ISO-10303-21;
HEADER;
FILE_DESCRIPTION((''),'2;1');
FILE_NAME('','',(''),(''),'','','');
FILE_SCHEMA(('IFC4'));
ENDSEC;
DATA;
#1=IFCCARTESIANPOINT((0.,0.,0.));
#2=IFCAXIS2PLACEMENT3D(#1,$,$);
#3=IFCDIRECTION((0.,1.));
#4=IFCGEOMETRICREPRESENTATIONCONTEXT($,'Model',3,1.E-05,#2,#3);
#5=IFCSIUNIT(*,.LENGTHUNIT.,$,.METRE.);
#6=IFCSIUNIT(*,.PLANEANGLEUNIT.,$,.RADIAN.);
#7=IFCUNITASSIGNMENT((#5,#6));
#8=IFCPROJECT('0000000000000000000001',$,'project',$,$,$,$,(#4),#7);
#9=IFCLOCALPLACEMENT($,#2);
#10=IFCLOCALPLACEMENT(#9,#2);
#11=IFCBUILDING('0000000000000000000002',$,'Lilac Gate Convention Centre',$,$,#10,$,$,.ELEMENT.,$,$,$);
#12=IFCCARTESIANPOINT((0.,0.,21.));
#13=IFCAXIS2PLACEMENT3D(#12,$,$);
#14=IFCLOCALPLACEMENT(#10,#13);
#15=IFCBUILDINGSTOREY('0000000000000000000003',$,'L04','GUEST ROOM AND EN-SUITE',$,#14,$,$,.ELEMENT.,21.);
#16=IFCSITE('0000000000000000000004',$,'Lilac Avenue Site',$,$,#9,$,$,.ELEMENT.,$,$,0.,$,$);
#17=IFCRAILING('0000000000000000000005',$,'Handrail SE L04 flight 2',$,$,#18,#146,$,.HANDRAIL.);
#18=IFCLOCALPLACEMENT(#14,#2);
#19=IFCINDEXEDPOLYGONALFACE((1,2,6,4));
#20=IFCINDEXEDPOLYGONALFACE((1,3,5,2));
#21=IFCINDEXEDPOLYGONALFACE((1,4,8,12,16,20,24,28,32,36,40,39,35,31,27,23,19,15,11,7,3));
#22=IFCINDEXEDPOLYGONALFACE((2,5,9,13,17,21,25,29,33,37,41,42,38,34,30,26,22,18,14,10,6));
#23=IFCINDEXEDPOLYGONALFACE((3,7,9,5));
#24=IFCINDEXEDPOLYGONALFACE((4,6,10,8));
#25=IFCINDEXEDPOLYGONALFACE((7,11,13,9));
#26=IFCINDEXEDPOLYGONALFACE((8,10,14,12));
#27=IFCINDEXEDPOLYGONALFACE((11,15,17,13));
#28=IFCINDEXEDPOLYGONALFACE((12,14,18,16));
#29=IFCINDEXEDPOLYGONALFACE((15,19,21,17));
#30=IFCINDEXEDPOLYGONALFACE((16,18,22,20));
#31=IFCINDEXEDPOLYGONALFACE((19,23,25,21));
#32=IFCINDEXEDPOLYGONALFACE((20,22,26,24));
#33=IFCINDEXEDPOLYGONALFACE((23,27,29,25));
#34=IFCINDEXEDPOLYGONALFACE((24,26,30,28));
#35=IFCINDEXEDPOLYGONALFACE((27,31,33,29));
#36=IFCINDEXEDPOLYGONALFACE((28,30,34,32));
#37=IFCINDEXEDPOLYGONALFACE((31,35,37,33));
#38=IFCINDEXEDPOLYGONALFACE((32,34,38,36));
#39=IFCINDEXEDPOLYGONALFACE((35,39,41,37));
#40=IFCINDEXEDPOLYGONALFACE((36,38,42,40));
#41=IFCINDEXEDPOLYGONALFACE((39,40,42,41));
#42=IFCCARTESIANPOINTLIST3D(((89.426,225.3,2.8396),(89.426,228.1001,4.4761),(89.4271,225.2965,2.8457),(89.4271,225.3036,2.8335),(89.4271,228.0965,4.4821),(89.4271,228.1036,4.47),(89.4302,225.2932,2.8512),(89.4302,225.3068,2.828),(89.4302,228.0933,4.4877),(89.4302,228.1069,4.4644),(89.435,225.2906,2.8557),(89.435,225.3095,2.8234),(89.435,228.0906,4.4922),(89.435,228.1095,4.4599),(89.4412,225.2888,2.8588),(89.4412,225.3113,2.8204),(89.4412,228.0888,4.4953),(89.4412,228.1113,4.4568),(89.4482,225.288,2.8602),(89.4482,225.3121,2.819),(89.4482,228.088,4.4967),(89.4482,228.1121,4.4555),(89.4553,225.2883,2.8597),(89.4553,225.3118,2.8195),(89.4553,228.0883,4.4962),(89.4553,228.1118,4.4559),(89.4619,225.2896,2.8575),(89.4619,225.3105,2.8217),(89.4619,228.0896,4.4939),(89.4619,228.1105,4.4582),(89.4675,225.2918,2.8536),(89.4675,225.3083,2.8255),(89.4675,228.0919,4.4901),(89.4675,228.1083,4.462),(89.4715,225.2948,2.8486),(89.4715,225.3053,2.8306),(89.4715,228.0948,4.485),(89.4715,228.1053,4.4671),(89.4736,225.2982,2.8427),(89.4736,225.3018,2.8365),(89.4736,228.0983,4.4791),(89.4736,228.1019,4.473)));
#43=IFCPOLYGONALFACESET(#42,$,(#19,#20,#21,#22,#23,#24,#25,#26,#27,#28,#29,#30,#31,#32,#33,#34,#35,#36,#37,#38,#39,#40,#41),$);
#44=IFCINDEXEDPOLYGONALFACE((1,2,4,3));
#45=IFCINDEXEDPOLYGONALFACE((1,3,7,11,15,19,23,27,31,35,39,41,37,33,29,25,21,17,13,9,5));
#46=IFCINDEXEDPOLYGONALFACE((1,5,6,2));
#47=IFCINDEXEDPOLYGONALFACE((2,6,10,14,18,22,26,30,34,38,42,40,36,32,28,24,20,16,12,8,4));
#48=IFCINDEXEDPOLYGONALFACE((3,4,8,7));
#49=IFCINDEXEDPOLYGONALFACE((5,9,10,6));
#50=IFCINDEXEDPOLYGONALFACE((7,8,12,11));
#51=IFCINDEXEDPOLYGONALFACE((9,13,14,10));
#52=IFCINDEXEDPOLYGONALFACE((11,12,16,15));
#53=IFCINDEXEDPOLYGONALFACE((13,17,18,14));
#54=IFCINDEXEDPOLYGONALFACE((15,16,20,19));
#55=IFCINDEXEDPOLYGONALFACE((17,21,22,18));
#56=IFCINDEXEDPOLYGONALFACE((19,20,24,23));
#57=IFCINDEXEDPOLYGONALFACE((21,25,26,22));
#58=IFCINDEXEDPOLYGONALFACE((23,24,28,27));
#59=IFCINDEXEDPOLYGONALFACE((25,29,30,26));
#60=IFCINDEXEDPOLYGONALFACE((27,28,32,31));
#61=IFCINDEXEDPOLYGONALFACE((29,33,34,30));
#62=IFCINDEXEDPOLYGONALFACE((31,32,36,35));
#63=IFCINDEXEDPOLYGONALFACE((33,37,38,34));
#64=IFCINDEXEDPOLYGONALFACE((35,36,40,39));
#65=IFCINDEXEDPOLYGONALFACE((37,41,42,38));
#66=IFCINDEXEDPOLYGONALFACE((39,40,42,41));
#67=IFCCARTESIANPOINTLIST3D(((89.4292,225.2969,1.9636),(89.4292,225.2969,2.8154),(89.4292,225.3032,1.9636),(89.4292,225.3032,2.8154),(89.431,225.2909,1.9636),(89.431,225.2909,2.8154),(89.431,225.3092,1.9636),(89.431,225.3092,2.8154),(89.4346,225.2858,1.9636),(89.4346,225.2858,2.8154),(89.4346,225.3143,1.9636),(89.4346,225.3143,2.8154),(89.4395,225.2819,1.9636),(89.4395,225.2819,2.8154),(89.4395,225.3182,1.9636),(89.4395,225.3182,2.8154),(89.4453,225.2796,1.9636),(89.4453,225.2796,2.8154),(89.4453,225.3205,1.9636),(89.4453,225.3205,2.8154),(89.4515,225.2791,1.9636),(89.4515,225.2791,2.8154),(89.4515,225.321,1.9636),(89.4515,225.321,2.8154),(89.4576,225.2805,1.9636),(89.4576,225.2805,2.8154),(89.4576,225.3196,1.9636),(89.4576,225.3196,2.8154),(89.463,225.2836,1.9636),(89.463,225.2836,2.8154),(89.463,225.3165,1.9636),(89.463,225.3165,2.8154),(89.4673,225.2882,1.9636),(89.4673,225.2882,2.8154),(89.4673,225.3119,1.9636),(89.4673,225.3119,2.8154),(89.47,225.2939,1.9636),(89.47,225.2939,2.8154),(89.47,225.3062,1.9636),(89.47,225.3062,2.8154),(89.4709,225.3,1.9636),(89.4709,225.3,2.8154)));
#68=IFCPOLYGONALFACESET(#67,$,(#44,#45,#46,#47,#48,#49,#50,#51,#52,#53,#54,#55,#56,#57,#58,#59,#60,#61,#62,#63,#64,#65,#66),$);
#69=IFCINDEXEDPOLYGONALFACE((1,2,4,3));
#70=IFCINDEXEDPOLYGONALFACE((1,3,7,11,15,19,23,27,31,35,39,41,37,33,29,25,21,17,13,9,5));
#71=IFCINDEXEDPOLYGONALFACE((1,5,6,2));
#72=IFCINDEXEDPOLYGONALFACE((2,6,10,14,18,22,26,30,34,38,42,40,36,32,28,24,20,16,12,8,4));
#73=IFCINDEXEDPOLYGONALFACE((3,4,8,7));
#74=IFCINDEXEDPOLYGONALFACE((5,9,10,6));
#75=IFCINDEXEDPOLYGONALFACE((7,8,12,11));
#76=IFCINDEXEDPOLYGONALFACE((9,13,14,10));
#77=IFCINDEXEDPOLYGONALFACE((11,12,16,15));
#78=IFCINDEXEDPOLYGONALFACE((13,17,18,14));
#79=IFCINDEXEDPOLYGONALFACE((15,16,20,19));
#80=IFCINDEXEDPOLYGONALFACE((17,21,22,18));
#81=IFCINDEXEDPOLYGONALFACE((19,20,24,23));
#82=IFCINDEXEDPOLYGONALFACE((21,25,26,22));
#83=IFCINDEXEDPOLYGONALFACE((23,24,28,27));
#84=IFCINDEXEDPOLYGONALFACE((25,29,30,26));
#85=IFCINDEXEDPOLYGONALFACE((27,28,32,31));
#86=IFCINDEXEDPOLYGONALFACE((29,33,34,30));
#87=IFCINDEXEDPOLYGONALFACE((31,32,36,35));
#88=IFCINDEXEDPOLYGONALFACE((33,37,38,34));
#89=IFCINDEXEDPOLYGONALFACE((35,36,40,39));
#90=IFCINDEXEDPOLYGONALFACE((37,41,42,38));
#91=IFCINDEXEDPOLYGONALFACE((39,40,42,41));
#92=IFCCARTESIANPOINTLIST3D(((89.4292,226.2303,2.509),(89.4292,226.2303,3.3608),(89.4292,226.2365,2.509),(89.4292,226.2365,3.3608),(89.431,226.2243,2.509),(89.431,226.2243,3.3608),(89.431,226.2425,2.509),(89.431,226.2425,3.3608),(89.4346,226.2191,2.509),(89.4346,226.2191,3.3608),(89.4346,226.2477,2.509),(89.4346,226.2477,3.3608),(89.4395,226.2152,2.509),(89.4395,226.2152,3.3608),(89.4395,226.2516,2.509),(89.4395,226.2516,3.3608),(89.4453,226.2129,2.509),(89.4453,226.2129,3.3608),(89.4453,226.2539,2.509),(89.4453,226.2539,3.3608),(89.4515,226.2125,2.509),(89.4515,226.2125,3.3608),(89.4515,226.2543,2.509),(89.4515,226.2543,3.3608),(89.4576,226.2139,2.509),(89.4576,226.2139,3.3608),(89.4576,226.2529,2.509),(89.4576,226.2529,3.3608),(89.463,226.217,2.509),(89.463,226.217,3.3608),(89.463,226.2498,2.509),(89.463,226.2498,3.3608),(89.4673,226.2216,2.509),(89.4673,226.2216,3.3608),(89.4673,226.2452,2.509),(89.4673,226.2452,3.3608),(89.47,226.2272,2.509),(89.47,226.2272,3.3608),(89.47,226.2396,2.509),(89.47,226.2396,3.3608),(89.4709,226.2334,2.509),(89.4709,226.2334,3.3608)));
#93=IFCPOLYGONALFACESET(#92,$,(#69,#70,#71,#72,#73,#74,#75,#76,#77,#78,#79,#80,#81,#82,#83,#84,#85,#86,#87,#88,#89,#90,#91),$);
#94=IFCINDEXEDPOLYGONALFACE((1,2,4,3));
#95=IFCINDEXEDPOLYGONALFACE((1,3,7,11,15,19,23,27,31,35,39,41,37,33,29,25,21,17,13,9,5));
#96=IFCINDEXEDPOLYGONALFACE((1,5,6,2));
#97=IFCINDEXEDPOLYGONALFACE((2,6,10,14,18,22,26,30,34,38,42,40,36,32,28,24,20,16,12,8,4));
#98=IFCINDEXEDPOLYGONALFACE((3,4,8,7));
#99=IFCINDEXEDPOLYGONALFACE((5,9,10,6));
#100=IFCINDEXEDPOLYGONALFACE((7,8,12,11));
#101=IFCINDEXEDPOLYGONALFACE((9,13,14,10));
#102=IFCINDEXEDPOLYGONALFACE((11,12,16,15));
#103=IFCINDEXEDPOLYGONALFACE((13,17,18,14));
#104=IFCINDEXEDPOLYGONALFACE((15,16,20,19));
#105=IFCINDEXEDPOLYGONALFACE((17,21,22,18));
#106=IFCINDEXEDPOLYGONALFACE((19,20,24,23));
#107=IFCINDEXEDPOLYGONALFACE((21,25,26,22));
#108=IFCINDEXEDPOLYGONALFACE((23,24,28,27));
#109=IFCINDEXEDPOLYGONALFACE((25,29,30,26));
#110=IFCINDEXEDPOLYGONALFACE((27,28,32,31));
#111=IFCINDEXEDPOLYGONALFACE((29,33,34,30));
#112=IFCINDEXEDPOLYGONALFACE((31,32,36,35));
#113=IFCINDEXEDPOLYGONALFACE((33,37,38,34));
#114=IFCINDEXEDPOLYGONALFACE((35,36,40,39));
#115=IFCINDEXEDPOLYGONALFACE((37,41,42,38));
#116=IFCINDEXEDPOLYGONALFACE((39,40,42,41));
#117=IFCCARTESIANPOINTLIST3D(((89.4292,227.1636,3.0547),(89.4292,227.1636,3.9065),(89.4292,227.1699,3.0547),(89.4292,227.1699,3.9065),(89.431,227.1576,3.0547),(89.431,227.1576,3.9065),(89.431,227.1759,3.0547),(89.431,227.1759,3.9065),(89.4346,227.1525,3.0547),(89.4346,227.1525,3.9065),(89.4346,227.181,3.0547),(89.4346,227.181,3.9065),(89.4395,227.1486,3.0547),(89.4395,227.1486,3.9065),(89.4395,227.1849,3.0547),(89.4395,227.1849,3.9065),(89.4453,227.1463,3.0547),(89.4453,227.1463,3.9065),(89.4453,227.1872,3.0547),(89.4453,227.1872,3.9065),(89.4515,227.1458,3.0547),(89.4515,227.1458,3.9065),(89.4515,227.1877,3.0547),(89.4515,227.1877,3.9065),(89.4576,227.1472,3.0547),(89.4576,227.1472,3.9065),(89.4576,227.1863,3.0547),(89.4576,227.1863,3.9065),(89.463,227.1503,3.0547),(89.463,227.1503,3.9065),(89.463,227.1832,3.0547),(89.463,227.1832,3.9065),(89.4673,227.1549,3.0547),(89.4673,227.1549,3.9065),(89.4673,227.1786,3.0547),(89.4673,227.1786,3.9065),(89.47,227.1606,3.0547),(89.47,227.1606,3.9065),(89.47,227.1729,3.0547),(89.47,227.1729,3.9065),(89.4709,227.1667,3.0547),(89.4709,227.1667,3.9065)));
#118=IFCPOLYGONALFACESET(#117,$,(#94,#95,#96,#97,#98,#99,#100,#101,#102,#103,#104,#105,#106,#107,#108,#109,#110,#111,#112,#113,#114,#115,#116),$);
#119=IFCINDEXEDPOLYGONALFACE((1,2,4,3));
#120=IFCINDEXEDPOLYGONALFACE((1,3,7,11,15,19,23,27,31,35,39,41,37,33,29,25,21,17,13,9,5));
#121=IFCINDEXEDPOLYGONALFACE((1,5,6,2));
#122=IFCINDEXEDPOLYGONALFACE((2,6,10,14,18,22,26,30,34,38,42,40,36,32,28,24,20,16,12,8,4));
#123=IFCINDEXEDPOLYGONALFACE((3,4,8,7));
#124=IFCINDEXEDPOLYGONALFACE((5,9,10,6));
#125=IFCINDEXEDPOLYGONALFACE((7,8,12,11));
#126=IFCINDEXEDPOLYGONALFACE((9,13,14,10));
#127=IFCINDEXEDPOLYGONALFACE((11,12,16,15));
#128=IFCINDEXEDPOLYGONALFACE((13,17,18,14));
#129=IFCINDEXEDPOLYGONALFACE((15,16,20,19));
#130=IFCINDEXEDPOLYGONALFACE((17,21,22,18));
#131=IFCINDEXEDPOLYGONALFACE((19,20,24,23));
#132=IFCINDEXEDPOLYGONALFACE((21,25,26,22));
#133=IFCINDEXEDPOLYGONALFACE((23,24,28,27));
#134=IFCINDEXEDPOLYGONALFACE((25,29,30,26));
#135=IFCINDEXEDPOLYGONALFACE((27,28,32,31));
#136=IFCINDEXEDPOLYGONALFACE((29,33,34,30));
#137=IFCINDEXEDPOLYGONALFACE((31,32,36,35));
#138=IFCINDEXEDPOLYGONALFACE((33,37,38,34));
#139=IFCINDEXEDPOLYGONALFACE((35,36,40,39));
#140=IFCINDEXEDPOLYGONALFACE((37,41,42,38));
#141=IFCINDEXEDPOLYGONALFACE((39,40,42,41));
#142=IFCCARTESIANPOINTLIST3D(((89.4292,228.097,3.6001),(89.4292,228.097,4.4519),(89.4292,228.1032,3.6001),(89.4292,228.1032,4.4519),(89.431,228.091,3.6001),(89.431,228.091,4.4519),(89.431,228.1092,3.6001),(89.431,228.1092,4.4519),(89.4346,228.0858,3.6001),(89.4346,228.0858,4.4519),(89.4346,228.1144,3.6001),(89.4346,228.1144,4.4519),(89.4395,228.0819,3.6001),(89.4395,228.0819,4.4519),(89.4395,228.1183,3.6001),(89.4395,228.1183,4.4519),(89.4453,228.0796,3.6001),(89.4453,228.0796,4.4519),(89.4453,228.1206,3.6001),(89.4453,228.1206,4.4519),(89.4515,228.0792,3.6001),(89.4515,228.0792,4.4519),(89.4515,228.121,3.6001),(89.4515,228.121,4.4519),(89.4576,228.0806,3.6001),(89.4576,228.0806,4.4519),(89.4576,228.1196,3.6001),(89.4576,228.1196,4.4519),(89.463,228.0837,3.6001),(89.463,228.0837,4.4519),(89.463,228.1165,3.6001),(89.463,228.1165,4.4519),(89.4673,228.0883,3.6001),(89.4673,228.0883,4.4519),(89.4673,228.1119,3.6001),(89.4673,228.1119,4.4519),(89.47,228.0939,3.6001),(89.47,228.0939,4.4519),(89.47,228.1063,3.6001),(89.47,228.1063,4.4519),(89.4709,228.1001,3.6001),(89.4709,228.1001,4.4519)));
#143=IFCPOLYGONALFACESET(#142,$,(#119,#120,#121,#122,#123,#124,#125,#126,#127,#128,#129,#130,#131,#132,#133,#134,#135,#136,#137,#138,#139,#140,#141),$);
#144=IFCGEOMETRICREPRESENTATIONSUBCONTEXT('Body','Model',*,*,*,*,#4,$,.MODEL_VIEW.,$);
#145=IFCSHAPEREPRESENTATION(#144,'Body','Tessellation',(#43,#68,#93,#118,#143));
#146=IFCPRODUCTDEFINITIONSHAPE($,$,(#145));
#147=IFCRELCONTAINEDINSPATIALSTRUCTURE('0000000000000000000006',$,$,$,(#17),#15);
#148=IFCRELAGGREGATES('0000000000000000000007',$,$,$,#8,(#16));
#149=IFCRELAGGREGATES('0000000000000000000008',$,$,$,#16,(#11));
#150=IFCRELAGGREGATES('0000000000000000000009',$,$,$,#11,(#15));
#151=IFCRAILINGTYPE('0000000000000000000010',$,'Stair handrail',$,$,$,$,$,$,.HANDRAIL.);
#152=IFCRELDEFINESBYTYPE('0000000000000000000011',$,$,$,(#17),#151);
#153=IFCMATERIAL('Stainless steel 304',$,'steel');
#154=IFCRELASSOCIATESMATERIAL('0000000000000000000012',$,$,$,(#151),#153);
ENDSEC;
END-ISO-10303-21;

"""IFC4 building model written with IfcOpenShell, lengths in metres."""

from ifc_helpers import new_model, si_unit, direction, frame, origin, origin_2d, place, context, subcontext, project, spatial, circle, extrude, material, type_object, element, save


model = new_model("IFC4")

# Units and contexts
model_context = context("Model", 3, precision=1e-05, world=origin(), true_north=direction((0.0, 1.0)))
body_context = subcontext(model_context, "Body", "Model", "MODEL_VIEW")
ifc_project = project(units=[si_unit("LENGTHUNIT", "METRE"), si_unit("PLANEANGLEUNIT", "RADIAN")], contexts=[model_context])

# Site, building, storey
site_placement = place(None, origin())
site = spatial("IfcSite", under=ifc_project, at=site_placement, Name="Lilac Avenue Site", CompositionType="ELEMENT", RefElevation=0.0)
building_placement = place(site_placement, origin())
building = spatial("IfcBuilding", under=site, at=building_placement, Name="Lilac Gate Convention Centre", CompositionType="ELEMENT")
storey_placement = place(building_placement, frame((0.0, 0.0, 21.0)))
storey = spatial("IfcBuildingStorey", under=building, at=storey_placement, Name="L04", Description="GUEST ROOM AND EN-SUITE", CompositionType="ELEMENT", Elevation=21.0)

# Railing
ifc_material_1 = material(Name="Stainless steel 304", Category="steel")
railing_type = type_object("IfcRailingType", Name="Stair handrail", PredefinedType="HANDRAIL", material=ifc_material_1)
for number, where, name in (
    (1, (89.45, 225.3, 1.9636), "Handrail SE L04 flight 2"),
):
    element("IfcRailing", number, at=place(storey_placement, frame(where)), inside=storey, type_object=railing_type, Name=name, PredefinedType="HANDRAIL", context=body_context, shape_type="SweptSolid", body=[
        extrude(circle(Radius=0.0239, at=origin_2d()), frame((0.0, 0.0, 0.876), z_axis=(0.0, 0.863361, 0.504587), x_axis=(-1.0, 0.0, 0.0)), (0.0, 0.0, 1.0), 3.2432),
        extrude(circle(Radius=0.021, at=origin_2d()), origin(), (0.0, 0.0, 1.0), 0.8518),
        extrude(circle(Radius=0.021, at=origin_2d()), frame((0.0, 0.9333, 0.5454)), (0.0, 0.0, 1.0), 0.8518),
        extrude(circle(Radius=0.021, at=origin_2d()), frame((0.0, 1.8667, 1.0911)), (0.0, 0.0, 1.0), 0.8518),
        extrude(circle(Radius=0.021, at=origin_2d()), frame((0.0, 2.8, 1.6365)), (0.0, 0.0, 1.0), 0.8518),
    ])

save(model, "model.ifc")
